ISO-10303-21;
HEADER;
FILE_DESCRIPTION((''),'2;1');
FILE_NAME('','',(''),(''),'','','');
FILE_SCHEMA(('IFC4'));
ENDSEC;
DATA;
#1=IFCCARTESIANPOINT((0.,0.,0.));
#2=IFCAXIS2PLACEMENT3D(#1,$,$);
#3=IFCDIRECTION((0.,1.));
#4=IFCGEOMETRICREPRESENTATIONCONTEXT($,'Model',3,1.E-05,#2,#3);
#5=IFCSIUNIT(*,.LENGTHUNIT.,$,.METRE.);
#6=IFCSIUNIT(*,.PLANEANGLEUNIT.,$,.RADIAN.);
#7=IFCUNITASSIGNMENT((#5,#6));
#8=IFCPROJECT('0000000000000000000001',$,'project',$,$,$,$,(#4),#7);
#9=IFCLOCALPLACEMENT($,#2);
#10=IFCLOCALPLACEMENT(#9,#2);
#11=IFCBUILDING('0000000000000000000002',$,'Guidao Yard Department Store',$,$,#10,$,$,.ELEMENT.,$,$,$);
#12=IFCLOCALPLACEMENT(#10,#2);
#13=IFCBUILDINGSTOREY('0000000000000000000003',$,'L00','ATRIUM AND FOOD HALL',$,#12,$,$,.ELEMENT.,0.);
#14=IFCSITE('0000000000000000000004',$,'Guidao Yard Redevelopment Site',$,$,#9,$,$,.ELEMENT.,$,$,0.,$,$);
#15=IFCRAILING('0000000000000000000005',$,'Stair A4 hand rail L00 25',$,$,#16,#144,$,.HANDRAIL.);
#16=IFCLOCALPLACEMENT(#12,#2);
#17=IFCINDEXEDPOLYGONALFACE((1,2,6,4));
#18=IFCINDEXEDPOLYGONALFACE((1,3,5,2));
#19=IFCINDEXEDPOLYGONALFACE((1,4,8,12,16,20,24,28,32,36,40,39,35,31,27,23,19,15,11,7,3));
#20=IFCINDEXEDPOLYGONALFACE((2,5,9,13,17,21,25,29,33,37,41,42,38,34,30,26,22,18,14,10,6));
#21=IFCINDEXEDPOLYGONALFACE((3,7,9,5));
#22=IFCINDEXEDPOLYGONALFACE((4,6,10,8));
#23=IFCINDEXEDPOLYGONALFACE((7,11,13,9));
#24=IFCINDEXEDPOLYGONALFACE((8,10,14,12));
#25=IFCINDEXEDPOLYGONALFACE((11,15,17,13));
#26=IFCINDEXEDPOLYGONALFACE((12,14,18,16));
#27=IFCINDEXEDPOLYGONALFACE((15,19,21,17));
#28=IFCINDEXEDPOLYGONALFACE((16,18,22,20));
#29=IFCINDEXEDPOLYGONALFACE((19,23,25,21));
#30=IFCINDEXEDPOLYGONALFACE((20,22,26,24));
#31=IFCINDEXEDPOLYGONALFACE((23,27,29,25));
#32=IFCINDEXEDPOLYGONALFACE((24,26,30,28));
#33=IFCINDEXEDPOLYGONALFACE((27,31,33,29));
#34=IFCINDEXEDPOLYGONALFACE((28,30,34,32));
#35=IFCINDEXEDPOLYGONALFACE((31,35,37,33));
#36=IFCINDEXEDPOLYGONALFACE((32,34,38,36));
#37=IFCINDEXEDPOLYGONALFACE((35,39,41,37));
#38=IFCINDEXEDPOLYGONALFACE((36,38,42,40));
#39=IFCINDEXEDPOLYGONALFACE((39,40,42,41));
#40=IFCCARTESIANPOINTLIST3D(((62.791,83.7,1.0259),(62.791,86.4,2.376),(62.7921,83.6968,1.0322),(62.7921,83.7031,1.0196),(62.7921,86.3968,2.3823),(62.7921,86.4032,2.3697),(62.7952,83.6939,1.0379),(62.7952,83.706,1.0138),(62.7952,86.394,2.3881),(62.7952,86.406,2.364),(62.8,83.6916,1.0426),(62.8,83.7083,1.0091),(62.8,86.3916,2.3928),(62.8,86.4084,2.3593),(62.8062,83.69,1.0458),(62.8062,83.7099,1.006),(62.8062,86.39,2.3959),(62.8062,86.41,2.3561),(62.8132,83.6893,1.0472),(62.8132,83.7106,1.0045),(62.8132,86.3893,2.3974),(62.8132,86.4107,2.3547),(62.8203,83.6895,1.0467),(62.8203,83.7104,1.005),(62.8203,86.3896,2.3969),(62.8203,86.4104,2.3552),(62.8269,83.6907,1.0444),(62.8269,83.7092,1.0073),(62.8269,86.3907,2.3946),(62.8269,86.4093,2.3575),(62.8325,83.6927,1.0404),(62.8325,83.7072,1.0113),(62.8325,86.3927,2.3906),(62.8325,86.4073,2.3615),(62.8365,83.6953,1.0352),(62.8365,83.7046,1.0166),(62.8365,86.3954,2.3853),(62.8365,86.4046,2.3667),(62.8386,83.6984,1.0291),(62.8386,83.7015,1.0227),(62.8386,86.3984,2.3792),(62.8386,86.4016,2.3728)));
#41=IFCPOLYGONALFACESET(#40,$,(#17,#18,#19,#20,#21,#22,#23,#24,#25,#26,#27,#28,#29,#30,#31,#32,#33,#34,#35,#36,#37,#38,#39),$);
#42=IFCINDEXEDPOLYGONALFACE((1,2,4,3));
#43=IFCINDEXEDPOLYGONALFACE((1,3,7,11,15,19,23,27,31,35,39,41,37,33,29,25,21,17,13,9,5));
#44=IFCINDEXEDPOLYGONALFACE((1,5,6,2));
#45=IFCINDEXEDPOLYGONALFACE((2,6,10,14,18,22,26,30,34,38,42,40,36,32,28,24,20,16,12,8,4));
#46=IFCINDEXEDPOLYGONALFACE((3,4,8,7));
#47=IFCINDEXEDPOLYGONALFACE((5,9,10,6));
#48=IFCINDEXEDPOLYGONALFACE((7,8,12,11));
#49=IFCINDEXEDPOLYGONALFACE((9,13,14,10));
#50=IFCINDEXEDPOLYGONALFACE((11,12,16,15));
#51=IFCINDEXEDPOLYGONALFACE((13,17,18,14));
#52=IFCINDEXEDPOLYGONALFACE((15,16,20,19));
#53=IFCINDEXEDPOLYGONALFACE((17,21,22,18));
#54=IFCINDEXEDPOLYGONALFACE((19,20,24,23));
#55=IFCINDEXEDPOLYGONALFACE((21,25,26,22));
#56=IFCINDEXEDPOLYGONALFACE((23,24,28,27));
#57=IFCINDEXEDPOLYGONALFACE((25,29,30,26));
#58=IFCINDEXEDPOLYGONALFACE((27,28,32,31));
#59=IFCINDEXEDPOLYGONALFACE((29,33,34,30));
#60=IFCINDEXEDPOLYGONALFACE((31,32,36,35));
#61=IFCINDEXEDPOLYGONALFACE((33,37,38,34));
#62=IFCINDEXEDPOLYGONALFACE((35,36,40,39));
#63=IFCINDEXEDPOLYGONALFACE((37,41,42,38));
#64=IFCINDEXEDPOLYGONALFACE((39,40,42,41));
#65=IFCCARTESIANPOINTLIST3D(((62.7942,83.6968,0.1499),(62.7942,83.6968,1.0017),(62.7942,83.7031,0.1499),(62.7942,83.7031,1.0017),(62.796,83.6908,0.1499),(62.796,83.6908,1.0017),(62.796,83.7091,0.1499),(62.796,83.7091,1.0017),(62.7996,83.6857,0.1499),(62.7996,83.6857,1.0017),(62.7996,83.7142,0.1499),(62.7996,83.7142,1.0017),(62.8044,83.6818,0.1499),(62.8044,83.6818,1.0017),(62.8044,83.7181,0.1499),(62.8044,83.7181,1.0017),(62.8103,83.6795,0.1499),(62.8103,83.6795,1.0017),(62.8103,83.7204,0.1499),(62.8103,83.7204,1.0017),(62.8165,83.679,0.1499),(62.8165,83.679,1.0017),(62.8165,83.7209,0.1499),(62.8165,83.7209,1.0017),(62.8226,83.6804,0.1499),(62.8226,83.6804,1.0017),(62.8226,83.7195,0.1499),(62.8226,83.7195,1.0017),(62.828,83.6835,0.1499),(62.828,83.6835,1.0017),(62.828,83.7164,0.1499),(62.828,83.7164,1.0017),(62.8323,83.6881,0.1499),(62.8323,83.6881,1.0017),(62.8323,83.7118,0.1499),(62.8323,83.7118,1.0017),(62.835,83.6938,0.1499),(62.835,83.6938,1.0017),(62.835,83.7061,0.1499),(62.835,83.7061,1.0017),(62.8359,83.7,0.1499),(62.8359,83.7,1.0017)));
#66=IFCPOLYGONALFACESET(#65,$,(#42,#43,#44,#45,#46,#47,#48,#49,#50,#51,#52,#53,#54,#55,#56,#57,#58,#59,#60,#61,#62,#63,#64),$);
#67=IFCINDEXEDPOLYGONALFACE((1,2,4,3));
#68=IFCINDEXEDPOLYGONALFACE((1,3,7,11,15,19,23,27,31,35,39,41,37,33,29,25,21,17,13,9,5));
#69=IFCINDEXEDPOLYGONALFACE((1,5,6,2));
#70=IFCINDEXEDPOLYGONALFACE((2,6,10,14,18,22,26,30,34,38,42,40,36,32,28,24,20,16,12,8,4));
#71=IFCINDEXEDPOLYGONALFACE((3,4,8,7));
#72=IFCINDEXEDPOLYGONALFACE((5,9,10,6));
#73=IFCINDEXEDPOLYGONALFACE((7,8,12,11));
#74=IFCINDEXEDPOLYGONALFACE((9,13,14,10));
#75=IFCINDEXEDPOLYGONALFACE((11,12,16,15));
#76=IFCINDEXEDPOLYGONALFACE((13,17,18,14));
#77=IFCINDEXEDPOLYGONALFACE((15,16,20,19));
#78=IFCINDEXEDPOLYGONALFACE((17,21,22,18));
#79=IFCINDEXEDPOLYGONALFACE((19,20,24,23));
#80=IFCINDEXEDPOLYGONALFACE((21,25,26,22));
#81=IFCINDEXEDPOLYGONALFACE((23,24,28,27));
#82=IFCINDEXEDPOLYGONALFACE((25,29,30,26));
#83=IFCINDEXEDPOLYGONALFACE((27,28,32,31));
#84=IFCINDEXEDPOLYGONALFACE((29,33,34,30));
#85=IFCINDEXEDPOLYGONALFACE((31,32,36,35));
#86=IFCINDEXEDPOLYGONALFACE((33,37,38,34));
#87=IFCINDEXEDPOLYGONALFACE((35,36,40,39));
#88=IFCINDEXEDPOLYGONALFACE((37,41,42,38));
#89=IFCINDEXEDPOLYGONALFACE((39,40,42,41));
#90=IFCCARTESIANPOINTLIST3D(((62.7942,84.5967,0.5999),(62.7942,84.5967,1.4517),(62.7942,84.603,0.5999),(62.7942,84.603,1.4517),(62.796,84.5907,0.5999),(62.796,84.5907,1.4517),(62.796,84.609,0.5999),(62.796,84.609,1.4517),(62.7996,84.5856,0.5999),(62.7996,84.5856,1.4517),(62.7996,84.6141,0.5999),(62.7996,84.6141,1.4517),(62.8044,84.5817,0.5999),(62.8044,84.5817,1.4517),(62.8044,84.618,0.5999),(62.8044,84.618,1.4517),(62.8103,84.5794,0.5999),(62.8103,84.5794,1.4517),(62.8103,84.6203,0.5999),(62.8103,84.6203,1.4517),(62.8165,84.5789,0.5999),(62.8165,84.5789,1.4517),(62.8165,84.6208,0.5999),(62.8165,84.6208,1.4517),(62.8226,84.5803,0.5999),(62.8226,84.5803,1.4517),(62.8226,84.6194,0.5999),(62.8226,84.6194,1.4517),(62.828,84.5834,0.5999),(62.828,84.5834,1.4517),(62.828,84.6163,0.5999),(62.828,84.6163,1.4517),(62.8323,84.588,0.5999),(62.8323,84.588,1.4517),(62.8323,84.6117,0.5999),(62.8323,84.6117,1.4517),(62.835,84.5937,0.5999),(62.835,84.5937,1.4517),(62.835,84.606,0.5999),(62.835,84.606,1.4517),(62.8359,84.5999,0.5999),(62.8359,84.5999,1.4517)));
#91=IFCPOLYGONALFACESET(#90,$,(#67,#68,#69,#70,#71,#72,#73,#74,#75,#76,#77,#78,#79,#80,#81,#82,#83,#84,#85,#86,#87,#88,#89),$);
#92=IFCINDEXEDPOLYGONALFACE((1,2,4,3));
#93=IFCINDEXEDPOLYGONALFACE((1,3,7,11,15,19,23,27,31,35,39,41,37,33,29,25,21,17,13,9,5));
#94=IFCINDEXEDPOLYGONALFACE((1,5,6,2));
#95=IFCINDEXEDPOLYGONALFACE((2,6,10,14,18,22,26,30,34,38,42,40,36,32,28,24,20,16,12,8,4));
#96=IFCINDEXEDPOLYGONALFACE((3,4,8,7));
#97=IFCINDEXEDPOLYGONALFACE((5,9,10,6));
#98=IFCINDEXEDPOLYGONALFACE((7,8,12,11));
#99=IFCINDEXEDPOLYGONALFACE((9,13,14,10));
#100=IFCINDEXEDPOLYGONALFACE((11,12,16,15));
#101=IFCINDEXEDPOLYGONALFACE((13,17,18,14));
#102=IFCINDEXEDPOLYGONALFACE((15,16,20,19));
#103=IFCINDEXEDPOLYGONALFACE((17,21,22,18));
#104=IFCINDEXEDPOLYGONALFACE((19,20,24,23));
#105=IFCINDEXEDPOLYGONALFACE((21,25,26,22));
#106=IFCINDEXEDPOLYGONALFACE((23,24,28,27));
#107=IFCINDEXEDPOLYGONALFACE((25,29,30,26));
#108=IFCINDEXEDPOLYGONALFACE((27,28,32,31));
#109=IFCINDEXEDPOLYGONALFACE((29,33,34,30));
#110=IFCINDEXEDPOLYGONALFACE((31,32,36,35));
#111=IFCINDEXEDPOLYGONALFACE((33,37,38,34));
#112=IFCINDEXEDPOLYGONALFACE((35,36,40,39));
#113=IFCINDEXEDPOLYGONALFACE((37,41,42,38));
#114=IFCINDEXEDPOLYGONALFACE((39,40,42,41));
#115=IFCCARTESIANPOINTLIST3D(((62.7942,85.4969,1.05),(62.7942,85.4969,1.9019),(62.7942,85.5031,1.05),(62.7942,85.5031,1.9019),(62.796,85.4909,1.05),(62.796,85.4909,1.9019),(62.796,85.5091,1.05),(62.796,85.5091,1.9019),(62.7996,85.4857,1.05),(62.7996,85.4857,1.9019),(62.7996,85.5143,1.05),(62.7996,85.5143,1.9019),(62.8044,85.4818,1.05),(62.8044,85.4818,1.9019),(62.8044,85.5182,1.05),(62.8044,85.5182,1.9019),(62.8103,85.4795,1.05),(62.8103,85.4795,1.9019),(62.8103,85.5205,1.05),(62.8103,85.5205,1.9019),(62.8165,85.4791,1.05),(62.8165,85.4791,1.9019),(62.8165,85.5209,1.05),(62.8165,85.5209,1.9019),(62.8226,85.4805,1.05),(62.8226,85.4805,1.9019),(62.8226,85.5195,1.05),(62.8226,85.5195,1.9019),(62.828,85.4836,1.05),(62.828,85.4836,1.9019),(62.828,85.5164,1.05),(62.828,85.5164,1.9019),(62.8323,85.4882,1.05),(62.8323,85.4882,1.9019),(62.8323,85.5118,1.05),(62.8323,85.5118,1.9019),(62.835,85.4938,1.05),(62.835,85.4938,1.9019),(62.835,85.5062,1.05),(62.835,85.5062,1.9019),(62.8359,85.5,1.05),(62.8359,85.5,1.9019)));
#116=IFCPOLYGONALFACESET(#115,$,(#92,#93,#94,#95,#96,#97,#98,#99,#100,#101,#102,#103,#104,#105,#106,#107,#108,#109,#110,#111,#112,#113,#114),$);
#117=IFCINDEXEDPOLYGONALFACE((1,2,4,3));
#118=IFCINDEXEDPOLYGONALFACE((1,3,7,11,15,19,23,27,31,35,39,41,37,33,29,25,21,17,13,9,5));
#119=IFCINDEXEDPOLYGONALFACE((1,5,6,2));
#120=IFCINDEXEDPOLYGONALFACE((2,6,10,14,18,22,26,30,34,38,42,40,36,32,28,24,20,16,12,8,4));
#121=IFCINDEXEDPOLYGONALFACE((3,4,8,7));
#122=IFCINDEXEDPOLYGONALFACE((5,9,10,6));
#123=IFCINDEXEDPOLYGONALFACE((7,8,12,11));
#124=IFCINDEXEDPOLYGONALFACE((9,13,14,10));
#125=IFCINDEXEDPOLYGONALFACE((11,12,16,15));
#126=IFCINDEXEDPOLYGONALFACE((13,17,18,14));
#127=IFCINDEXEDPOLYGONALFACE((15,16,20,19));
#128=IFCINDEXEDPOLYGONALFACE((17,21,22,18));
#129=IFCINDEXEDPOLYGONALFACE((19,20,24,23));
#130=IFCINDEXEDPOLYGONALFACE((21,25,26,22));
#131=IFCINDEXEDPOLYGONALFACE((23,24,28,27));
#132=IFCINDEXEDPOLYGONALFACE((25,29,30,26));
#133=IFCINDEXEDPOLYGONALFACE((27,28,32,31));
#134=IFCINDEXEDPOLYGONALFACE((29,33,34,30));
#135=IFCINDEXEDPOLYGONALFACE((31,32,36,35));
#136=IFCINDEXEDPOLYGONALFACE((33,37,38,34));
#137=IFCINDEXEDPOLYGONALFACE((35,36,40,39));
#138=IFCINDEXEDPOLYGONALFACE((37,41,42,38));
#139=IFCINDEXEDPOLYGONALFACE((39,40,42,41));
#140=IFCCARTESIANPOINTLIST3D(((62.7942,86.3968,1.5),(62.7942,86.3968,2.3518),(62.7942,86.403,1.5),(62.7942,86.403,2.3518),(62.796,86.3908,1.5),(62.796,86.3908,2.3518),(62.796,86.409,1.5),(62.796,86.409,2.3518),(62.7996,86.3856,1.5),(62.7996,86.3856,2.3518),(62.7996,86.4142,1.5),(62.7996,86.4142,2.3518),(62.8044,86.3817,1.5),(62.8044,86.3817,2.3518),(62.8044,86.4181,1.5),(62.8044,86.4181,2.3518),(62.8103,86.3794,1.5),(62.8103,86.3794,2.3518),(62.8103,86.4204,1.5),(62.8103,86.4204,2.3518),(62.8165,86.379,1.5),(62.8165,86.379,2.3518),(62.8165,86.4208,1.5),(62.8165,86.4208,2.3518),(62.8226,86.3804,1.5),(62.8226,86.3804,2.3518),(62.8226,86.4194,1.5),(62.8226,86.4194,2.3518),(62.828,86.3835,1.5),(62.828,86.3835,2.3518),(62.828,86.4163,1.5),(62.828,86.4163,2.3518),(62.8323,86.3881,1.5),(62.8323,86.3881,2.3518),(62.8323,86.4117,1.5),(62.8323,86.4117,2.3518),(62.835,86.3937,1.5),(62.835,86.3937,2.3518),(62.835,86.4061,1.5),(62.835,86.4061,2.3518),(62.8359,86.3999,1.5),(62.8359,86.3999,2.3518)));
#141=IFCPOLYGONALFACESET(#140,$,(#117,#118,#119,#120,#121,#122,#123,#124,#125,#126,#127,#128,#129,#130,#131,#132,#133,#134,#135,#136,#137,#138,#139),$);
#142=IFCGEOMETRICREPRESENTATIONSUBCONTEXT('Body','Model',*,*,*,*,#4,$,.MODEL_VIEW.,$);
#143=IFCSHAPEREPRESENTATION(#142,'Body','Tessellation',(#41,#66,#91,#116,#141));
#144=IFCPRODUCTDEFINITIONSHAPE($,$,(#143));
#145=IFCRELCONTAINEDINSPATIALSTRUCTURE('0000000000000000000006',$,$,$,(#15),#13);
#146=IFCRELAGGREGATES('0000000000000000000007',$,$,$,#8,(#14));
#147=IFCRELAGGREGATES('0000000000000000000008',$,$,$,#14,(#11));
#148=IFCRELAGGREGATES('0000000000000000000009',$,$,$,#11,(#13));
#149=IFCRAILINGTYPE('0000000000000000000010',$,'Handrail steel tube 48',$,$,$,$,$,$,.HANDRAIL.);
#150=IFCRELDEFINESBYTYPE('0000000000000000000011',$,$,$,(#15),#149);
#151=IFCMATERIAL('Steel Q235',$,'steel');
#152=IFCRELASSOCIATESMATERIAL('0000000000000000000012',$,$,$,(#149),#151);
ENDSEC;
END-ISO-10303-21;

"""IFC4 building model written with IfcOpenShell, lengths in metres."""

from ifc_helpers import new_model, si_unit, direction, frame, origin, origin_2d, place, context, subcontext, project, spatial, circle, extrude, material, type_object, element, save


model = new_model("IFC4")

# Units and contexts
model_context = context("Model", 3, precision=1e-05, world=origin(), true_north=direction((0.0, 1.0)))
body_context = subcontext(model_context, "Body", "Model", "MODEL_VIEW")
ifc_project = project(units=[si_unit("LENGTHUNIT", "METRE"), si_unit("PLANEANGLEUNIT", "RADIAN")], contexts=[model_context])

# Site, building, storey
site_placement = place(None, origin())
site = spatial("IfcSite", under=ifc_project, at=site_placement, Name="Guidao Yard Redevelopment Site", CompositionType="ELEMENT", RefElevation=0.0)
building_placement = place(site_placement, origin())
building = spatial("IfcBuilding", under=site, at=building_placement, Name="Guidao Yard Department Store", CompositionType="ELEMENT")
storey_placement = place(building_placement, origin())
storey = spatial("IfcBuildingStorey", under=building, at=storey_placement, Name="L00", Description="ATRIUM AND FOOD HALL", CompositionType="ELEMENT", Elevation=0.0)

# Railing
ifc_material_1 = material(Name="Steel Q235", Category="steel")
railing_type = type_object("IfcRailingType", Name="Handrail steel tube 48", PredefinedType="HANDRAIL", material=ifc_material_1)
for number, where, name in (
    (1, (62.8149, 83.7, 0.1499), "Stair A4 hand rail L00 25"),
):
    element("IfcRailing", number, at=place(storey_placement, frame(where)), inside=storey, type_object=railing_type, Name=name, PredefinedType="HANDRAIL", context=body_context, shape_type="SweptSolid", body=[
        extrude(circle(Radius=0.0239, at=origin_2d()), frame((0.0, 0.0, 0.876), z_axis=(0.0, 0.894411, 0.447246), x_axis=(-1.0, 0.0, 0.0)), (0.0, 0.0, 1.0), 3.0188),
        extrude(circle(Radius=0.021, at=origin_2d()), origin(), (0.0, 0.0, 1.0), 0.8518),
        extrude(circle(Radius=0.021, at=origin_2d()), frame((0.0, 0.8999, 0.45)), (0.0, 0.0, 1.0), 0.8518),
        extrude(circle(Radius=0.021, at=origin_2d()), frame((0.0, 1.8, 0.9001)), (0.0, 0.0, 1.0), 0.8518),
        extrude(circle(Radius=0.021, at=origin_2d()), frame((0.0, 2.7, 1.3501)), (0.0, 0.0, 1.0), 0.8518),
    ])

save(model, "model.ifc")
